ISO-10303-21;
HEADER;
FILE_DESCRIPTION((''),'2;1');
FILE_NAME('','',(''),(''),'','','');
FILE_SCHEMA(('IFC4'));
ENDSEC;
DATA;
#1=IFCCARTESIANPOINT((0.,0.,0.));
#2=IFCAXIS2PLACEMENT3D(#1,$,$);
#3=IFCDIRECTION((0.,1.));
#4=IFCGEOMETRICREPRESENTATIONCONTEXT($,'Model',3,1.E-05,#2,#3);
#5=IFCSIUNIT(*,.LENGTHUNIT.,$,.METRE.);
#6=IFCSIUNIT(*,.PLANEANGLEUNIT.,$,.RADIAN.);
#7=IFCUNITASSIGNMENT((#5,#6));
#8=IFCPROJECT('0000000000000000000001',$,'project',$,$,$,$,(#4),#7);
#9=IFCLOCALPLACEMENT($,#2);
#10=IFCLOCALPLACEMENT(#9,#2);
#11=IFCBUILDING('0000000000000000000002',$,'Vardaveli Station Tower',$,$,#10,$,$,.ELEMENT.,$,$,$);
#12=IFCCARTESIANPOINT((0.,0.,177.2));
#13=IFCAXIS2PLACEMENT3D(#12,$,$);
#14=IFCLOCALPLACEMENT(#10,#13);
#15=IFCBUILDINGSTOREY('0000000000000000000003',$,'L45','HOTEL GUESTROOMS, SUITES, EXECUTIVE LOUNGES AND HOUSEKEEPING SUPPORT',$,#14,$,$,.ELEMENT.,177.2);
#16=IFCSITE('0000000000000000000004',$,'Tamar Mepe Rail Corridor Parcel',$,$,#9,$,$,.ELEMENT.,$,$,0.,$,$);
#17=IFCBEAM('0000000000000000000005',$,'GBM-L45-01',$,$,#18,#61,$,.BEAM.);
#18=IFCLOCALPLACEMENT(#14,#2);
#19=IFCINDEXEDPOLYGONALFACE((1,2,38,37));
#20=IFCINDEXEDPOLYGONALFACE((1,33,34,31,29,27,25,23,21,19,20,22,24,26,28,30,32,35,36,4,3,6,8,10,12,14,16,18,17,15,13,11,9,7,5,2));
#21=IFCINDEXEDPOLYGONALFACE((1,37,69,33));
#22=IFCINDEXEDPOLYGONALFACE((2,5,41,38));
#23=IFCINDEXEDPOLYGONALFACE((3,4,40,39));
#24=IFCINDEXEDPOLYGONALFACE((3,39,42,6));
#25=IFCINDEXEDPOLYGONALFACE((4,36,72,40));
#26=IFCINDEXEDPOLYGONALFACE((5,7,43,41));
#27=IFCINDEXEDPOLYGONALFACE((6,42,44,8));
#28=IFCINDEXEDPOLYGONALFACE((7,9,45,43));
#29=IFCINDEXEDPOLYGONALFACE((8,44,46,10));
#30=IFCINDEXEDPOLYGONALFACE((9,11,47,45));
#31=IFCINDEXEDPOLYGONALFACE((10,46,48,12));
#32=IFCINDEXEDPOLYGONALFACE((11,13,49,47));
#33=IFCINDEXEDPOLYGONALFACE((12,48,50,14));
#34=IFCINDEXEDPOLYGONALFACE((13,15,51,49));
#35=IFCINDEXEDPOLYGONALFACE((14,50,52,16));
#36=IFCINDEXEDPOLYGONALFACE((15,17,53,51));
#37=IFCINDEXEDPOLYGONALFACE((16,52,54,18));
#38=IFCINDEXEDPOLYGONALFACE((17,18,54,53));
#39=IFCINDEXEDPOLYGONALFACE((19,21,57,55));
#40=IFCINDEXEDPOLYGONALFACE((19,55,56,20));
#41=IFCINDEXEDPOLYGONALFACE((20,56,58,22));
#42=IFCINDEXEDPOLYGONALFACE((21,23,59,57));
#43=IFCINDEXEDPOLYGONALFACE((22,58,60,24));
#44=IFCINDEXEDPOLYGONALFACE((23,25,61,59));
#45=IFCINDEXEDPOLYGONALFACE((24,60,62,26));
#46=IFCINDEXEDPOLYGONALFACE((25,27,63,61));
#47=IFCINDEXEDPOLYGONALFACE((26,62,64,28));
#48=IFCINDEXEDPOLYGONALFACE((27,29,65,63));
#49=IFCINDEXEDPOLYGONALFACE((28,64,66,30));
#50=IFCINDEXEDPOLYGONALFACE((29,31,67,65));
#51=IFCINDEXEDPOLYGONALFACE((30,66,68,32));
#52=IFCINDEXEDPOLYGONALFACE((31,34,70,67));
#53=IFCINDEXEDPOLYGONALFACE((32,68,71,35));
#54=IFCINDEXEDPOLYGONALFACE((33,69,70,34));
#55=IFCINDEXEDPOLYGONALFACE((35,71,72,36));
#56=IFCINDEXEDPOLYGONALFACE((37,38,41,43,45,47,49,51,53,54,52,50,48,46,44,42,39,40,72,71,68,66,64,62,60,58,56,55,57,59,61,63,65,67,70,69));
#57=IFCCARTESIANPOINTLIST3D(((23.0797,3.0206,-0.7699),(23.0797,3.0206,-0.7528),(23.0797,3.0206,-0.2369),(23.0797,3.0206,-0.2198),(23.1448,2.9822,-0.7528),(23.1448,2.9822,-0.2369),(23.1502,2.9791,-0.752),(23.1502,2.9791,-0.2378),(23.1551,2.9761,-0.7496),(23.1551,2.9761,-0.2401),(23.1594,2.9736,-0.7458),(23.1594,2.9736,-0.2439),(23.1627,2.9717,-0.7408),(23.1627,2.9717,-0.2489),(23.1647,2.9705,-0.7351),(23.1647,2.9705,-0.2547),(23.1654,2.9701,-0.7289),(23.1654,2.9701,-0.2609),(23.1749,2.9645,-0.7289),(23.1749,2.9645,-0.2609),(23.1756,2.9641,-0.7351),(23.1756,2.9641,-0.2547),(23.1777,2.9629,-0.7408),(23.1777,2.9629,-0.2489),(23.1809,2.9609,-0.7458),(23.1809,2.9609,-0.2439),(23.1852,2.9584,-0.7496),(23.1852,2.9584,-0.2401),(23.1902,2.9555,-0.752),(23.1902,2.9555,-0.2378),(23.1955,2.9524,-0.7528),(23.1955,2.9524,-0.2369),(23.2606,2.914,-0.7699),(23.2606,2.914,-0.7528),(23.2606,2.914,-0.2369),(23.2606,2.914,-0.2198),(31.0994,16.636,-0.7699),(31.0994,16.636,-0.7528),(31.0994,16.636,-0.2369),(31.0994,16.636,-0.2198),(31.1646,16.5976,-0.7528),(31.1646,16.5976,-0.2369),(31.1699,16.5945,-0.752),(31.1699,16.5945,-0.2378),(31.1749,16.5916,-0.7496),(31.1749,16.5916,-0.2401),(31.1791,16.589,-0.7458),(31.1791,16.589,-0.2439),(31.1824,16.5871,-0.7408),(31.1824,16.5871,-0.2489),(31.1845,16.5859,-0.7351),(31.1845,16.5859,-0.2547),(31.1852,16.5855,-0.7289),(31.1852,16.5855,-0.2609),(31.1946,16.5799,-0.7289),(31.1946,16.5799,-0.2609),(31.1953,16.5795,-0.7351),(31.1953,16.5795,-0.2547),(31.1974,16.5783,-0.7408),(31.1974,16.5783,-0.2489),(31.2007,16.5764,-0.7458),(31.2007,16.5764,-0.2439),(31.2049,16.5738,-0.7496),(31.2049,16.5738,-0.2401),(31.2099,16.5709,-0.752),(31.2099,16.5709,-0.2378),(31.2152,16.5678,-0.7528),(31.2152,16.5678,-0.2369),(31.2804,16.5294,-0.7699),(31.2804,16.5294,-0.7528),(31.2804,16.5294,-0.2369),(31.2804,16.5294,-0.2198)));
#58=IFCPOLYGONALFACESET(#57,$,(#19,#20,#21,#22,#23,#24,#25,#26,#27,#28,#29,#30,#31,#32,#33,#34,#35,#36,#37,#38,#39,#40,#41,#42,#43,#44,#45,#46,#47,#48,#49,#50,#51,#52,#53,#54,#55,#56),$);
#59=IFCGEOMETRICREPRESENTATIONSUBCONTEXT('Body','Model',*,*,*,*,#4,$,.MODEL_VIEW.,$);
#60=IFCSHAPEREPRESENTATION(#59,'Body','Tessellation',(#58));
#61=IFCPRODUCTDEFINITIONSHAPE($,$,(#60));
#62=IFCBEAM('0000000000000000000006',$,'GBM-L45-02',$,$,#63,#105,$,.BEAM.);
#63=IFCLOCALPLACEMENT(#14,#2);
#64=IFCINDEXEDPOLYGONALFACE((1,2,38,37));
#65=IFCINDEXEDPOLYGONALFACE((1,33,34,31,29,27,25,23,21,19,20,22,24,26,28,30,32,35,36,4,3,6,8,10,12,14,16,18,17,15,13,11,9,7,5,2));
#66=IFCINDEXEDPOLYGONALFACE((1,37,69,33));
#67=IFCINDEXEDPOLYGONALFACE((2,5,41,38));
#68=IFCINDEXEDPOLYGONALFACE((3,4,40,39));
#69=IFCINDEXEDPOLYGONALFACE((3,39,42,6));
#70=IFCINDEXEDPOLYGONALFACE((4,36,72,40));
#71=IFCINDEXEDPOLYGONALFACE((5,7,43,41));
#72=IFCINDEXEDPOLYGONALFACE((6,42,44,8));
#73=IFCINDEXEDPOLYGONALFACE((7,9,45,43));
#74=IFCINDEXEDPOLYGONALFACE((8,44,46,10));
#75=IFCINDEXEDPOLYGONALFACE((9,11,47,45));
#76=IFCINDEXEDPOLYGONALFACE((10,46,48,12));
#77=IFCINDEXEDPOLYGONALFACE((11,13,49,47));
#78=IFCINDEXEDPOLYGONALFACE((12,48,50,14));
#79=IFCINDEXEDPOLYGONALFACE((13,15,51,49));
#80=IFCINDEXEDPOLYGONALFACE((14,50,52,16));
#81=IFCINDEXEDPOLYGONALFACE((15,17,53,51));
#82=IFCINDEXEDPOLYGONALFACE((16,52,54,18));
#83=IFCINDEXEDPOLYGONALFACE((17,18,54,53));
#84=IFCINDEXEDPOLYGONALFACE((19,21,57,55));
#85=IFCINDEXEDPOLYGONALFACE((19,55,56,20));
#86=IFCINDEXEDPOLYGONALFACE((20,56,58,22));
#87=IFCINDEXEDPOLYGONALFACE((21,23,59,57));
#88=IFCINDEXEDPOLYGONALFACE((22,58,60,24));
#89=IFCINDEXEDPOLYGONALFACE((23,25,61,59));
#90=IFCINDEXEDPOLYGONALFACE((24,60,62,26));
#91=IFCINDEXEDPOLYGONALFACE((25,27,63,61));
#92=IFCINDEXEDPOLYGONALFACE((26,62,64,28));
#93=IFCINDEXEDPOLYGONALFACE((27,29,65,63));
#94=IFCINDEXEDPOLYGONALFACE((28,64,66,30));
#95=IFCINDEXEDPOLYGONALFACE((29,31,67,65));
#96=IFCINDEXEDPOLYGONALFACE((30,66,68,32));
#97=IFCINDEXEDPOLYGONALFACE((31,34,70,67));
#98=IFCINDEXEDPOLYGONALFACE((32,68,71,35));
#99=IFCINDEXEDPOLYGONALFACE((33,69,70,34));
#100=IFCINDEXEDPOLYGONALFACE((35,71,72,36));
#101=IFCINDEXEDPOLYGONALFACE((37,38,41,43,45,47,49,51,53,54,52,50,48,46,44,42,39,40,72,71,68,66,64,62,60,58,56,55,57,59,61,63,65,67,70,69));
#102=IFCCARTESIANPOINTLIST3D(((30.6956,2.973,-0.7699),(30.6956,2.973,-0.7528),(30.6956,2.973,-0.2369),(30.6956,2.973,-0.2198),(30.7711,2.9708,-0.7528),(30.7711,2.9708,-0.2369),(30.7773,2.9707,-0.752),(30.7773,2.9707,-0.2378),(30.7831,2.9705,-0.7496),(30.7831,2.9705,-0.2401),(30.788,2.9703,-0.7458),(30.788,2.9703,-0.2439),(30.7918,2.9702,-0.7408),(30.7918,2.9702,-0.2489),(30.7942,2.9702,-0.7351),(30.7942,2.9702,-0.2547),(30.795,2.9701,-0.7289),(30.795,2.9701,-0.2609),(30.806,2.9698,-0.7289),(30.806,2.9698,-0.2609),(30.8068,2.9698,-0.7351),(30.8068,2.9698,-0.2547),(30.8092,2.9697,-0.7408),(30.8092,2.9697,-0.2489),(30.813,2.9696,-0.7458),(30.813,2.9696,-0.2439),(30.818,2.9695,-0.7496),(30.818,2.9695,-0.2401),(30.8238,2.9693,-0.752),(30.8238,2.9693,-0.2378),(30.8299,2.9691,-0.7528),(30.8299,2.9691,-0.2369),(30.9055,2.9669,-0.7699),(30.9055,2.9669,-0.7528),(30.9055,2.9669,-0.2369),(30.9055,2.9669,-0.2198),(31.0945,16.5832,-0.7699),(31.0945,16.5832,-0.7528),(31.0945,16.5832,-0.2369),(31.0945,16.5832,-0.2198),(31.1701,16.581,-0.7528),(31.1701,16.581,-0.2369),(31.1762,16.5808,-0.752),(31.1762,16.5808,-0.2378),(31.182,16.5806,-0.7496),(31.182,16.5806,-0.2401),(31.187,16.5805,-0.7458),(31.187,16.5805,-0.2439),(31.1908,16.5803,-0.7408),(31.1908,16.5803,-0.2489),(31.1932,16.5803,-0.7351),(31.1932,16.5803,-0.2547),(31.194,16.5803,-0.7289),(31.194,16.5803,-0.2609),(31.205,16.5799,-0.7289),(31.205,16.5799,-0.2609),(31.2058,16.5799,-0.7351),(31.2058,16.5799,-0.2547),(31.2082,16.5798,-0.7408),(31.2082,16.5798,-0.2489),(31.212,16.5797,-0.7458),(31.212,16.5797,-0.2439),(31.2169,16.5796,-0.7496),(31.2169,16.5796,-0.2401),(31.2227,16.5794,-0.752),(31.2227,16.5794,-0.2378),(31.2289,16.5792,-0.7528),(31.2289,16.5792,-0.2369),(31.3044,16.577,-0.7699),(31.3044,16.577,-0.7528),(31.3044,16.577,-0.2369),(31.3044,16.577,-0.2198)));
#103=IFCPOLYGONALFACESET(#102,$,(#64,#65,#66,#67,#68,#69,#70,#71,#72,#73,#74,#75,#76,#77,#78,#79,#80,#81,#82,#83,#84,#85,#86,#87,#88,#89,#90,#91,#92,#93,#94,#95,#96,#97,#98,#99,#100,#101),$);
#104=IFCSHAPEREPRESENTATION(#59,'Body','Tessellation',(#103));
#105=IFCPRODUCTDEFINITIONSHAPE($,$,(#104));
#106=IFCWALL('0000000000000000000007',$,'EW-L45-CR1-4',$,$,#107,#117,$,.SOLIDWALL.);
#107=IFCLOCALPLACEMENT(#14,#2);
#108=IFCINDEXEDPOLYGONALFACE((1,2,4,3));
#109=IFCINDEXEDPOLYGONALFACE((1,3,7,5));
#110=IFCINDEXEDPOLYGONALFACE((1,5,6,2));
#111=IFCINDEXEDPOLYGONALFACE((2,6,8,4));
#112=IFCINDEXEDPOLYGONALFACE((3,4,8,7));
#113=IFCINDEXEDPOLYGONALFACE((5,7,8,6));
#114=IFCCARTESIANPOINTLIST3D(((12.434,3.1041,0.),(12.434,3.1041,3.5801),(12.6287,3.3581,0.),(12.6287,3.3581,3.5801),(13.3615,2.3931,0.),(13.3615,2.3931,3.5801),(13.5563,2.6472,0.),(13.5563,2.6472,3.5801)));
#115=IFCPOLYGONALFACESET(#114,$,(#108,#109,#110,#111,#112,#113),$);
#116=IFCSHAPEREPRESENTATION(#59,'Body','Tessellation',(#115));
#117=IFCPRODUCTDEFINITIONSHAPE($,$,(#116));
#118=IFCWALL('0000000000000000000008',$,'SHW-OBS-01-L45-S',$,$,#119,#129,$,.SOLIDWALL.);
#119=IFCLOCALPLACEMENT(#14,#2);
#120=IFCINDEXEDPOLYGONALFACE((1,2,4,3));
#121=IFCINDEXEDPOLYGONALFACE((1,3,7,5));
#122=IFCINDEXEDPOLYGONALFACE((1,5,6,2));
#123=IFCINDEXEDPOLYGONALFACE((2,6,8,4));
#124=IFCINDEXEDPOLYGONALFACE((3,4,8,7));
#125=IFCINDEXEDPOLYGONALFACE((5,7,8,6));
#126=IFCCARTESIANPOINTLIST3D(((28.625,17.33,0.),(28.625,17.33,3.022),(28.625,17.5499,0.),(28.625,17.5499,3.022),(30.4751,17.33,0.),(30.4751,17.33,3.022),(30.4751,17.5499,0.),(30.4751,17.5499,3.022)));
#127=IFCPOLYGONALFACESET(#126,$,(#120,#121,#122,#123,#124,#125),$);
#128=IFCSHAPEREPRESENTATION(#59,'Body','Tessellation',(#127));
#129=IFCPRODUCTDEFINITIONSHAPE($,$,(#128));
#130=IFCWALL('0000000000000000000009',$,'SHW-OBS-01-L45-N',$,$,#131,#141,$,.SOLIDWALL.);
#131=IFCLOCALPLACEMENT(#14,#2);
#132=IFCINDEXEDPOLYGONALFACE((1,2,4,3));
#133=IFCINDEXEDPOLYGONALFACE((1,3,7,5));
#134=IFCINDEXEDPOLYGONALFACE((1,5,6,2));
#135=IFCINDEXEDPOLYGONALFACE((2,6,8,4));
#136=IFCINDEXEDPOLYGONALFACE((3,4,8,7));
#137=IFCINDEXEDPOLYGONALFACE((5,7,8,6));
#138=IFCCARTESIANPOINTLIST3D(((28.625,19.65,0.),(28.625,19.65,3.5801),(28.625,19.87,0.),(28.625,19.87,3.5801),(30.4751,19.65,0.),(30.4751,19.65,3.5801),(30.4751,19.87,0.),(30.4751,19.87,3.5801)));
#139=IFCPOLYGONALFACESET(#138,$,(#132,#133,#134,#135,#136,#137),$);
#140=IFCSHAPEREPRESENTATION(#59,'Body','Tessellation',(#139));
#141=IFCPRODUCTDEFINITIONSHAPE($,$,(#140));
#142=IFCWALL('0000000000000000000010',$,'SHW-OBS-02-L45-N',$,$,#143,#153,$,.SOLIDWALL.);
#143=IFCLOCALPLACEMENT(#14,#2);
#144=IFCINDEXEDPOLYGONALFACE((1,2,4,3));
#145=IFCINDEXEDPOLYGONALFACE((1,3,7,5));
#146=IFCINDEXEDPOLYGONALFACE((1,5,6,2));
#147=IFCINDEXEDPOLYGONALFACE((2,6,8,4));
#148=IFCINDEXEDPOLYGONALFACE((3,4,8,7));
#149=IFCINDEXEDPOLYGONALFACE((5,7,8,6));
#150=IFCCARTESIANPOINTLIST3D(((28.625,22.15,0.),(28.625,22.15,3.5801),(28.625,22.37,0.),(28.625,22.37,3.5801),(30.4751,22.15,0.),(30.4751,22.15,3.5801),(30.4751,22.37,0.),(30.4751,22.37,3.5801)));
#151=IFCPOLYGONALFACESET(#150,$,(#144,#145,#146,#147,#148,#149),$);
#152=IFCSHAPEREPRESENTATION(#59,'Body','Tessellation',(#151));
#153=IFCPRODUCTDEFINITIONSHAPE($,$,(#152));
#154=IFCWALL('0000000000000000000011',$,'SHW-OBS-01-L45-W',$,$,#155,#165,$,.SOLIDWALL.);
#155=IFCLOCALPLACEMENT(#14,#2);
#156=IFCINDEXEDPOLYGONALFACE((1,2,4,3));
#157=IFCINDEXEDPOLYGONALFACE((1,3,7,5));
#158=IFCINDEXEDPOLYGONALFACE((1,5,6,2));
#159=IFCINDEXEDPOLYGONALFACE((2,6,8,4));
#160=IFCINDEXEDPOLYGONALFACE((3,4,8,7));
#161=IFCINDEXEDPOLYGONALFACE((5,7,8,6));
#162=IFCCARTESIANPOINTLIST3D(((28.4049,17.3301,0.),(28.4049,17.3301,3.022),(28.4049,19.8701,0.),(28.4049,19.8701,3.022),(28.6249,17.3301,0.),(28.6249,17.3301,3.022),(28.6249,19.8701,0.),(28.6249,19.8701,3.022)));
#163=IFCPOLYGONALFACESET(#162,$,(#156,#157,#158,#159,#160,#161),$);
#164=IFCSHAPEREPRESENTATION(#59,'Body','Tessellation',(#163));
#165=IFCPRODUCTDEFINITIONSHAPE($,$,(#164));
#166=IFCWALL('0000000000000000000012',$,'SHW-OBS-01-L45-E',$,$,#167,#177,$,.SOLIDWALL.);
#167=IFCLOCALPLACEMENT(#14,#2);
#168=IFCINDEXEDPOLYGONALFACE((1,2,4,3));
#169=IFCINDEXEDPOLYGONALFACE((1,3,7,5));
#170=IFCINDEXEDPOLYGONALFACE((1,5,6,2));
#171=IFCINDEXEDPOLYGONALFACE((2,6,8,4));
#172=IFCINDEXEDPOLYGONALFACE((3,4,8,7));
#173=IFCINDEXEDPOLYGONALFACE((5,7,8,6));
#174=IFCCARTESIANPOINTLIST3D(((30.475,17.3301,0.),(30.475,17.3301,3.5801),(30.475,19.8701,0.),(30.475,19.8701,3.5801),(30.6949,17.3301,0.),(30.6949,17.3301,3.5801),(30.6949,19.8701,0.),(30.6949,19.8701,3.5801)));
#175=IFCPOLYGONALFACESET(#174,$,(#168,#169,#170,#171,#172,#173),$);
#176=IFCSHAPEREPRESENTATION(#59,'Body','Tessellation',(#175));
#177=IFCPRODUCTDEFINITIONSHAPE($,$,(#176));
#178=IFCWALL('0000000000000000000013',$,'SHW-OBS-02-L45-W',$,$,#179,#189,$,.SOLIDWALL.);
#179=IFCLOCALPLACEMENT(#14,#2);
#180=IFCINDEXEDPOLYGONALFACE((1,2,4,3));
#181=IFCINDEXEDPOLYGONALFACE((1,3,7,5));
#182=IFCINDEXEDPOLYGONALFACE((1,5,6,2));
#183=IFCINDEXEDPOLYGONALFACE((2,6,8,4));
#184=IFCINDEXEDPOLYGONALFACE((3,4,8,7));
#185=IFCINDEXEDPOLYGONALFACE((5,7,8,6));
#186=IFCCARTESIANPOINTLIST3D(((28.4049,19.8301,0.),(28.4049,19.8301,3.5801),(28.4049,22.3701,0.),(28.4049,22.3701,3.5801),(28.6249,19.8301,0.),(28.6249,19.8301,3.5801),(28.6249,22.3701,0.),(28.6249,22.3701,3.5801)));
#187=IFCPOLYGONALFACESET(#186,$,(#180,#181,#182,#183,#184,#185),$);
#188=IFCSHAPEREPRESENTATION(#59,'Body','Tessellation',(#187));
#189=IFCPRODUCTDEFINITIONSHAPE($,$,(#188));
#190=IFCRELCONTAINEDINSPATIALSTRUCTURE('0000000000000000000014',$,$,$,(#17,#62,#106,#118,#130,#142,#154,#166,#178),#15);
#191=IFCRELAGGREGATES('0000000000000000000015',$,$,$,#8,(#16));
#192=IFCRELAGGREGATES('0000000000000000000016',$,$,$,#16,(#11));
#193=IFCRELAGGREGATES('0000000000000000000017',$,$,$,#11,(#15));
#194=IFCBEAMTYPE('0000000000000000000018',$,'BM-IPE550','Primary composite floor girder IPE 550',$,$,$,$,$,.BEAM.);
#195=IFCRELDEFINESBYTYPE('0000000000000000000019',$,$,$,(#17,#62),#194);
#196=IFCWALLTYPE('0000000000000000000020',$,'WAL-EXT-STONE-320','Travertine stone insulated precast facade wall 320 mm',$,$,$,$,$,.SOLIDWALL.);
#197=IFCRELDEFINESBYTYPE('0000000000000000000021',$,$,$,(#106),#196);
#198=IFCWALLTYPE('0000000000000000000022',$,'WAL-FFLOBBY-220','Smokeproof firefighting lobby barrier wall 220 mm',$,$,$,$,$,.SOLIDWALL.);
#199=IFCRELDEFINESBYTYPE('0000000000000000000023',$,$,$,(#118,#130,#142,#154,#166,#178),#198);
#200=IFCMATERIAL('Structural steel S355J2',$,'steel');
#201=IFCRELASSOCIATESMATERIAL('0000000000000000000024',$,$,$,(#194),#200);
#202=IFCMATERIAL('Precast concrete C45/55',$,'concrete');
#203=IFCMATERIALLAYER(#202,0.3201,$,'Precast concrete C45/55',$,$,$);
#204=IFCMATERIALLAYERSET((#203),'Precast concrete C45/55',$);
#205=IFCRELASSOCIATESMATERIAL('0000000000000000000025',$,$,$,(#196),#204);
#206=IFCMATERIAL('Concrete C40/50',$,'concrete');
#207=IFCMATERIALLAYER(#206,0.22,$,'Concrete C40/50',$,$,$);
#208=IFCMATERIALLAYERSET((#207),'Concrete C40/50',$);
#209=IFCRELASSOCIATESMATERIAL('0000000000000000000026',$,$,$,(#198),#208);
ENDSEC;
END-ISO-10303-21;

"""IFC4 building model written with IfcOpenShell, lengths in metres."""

from ifc_helpers import new_model, si_unit, direction, frame, frame_2d, origin, origin_2d, place, context, subcontext, project, spatial, rectangle, i_section, extrude, source, transform, mapped, material, layer, layer_set, material_profile, profile_set, type_object, element, save


model = new_model("IFC4")

# Units and contexts
model_context = context("Model", 3, precision=1e-05, world=origin(), true_north=direction((0.0, 1.0)))
body_context = subcontext(model_context, "Body", "Model", "MODEL_VIEW")
ifc_project = project(units=[si_unit("LENGTHUNIT", "METRE"), si_unit("PLANEANGLEUNIT", "RADIAN")], contexts=[model_context])

# Site, building, storey
site_placement = place(None, origin())
site = spatial("IfcSite", under=ifc_project, at=site_placement, Name="Tamar Mepe Rail Corridor Parcel", CompositionType="ELEMENT", RefElevation=0.0)
building_placement = place(site_placement, origin())
building = spatial("IfcBuilding", under=site, at=building_placement, Name="Vardaveli Station Tower", CompositionType="ELEMENT")
storey_placement = place(building_placement, frame((0.0, 0.0, 177.2)))
storey = spatial("IfcBuildingStorey", under=building, at=storey_placement, Name="L45", Description="HOTEL GUESTROOMS, SUITES, EXECUTIVE LOUNGES AND HOUSEKEEPING SUPPORT", CompositionType="ELEMENT", Elevation=177.2)

# Beams
ifc_material_1 = material(Name="Structural steel S355J2", Category="steel")
ifc_material_2 = material(Name="Precast concrete C45/55", Category="concrete")
ifc_material_profile_1 = material_profile(ifc_material_1, i_section(OverallWidth=0.21, OverallDepth=0.55, WebThickness=0.011, FlangeThickness=0.0171, FilletRadius=0.0239, at=origin_2d()), Name="IPE 550")
ifc_profile_set_1 = profile_set([ifc_material_profile_1], Name="Structural steel S355J2")
beam_type_1 = type_object("IfcBeamType", Name="BM-IPE550", Description="Primary composite floor girder IPE 550", PredefinedType="BEAM", material=ifc_profile_set_1)
shared_shape_1 = source(origin(), body_context, "Body", "SweptSolid", [
    extrude(i_section(OverallWidth=0.21, OverallDepth=0.55, WebThickness=0.011, FlangeThickness=0.0171, FilletRadius=0.0239, at=origin_2d()), origin(), (0.0, 0.0, 1.0), 15.8018),
])
beam_1_placement = place(storey_placement, frame((23.1702, 2.9673, -0.4949), z_axis=(0.507522, 0.861639, 0.0), x_axis=(-0.861639, 0.507522, 0.0)))
element("IfcBeam", 1, at=beam_1_placement, inside=storey, type_object=beam_type_1, Name="GBM-L45-01", PredefinedType="BEAM", context=body_context, shape_type="MappedRepresentation", body=[
    mapped(shared_shape_1, transform((0.0, 0.0, 0.0), scale=1.0)),
])
shared_shape_2 = source(origin(), body_context, "Body", "SweptSolid", [
    extrude(i_section(OverallWidth=0.21, OverallDepth=0.55, WebThickness=0.011, FlangeThickness=0.0171, FilletRadius=0.0239, at=origin_2d()), origin(), (0.0, 0.0, 1.0), 13.616),
])
beam_2_placement = place(storey_placement, frame((30.8005, 2.97, -0.4949), z_axis=(0.029298, 0.999571, 0.0), x_axis=(-0.999571, 0.029298, 0.0)))
element("IfcBeam", 2, at=beam_2_placement, inside=storey, type_object=beam_type_1, Name="GBM-L45-02", PredefinedType="BEAM", context=body_context, shape_type="MappedRepresentation", body=[
    mapped(shared_shape_2, transform((0.0, 0.0, 0.0), scale=1.0)),
])

# Walls
ifc_layer_1 = layer(ifc_material_2, 0.3201, Name="Precast concrete C45/55")
ifc_layer_set_1 = layer_set([ifc_layer_1], Name="Precast concrete C45/55")
wall_type_1 = type_object("IfcWallType", Name="WAL-EXT-STONE-320", Description="Travertine stone insulated precast facade wall 320 mm", PredefinedType="SOLIDWALL", material=ifc_layer_set_1)
shared_shape_3 = source(origin(), body_context, "Body", "SweptSolid", [
    extrude(rectangle(XDim=1.1687, YDim=0.3201, at=frame_2d((0.5845, 0.0))), origin(), (0.0, 0.0, 1.0), 3.5801),
])
wall_1_placement = place(storey_placement, frame((12.5312, 3.2312, 0.0), z_axis=(0.0, 0.0, 1.0), x_axis=(0.793664, -0.608357, 0.0)))
element("IfcWall", 3, at=wall_1_placement, inside=storey, type_object=wall_type_1, Name="EW-L45-CR1-4", PredefinedType="SOLIDWALL", context=body_context, shape_type="MappedRepresentation", body=[
    mapped(shared_shape_3, transform((0.0, 0.0, 0.0), scale=1.0)),
])
ifc_material_3 = material(Name="Concrete C40/50", Category="concrete")
ifc_layer_2 = layer(ifc_material_3, 0.22, Name="Concrete C40/50")
ifc_layer_set_2 = layer_set([ifc_layer_2], Name="Concrete C40/50")
wall_type_2 = type_object("IfcWallType", Name="WAL-FFLOBBY-220", Description="Smokeproof firefighting lobby barrier wall 220 mm", PredefinedType="SOLIDWALL", material=ifc_layer_set_2)
shared_shape_4 = source(origin(), body_context, "Body", "SweptSolid", [
    extrude(rectangle(XDim=1.8501, YDim=0.22, at=frame_2d((0.925, 0.0))), origin(), (0.0, 0.0, 1.0), 3.022),
])
wall_2_placement = place(storey_placement, frame((28.625, 17.4399, 0.0), z_axis=(0.0, 0.0, 1.0), x_axis=(1.0, 0.0, 0.0)))
element("IfcWall", 4, at=wall_2_placement, inside=storey, type_object=wall_type_2, Name="SHW-OBS-01-L45-S", PredefinedType="SOLIDWALL", context=body_context, shape_type="MappedRepresentation", body=[
    mapped(shared_shape_4, transform((0.0, 0.0, 0.0), scale=1.0)),
])
shared_shape_5 = source(origin(), body_context, "Body", "SweptSolid", [
    extrude(rectangle(XDim=1.8501, YDim=0.22, at=frame_2d((0.925, 0.0))), origin(), (0.0, 0.0, 1.0), 3.5801),
])
for number, where, z_axis, x_axis, name in (
    (5, (28.625, 19.76, 0.0), (0.0, 0.0, 1.0), (1.0, 0.0, 0.0), "SHW-OBS-01-L45-N"),
    (6, (28.625, 22.26, 0.0), (0.0, 0.0, 1.0), (1.0, 0.0, 0.0), "SHW-OBS-02-L45-N"),
):
    element("IfcWall", number, at=place(storey_placement, frame(where, z_axis=z_axis, x_axis=x_axis)), inside=storey, type_object=wall_type_2, Name=name, PredefinedType="SOLIDWALL", context=body_context, shape_type="MappedRepresentation", body=[
        mapped(shared_shape_5, transform((0.0, 0.0, 0.0), scale=1.0)),
    ])
shared_shape_6 = source(origin(), body_context, "Body", "SweptSolid", [
    extrude(rectangle(XDim=2.54, YDim=0.22, at=frame_2d((1.27, 0.0))), origin(), (0.0, 0.0, 1.0), 3.022),
])
wall_3_placement = place(storey_placement, frame((28.5149, 17.3301, 0.0), z_axis=(0.0, 0.0, 1.0), x_axis=(0.0, 1.0, 0.0)))
element("IfcWall", 7, at=wall_3_placement, inside=storey, type_object=wall_type_2, Name="SHW-OBS-01-L45-W", PredefinedType="SOLIDWALL", context=body_context, shape_type="MappedRepresentation", body=[
    mapped(shared_shape_6, transform((0.0, 0.0, 0.0), scale=1.0)),
])
shared_shape_7 = source(origin(), body_context, "Body", "SweptSolid", [
    extrude(rectangle(XDim=2.54, YDim=0.22, at=frame_2d((1.27, 0.0))), origin(), (0.0, 0.0, 1.0), 3.5801),
])
for number, where, z_axis, x_axis, name in (
    (8, (30.585, 17.3301, 0.0), (0.0, 0.0, 1.0), (0.0, 1.0, 0.0), "SHW-OBS-01-L45-E"),
    (9, (28.5149, 19.8301, 0.0), (0.0, 0.0, 1.0), (0.0, 1.0, 0.0), "SHW-OBS-02-L45-W"),
):
    element("IfcWall", number, at=place(storey_placement, frame(where, z_axis=z_axis, x_axis=x_axis)), inside=storey, type_object=wall_type_2, Name=name, PredefinedType="SOLIDWALL", context=body_context, shape_type="MappedRepresentation", body=[
        mapped(shared_shape_7, transform((0.0, 0.0, 0.0), scale=1.0)),
    ])

save(model, "model.ifc")
